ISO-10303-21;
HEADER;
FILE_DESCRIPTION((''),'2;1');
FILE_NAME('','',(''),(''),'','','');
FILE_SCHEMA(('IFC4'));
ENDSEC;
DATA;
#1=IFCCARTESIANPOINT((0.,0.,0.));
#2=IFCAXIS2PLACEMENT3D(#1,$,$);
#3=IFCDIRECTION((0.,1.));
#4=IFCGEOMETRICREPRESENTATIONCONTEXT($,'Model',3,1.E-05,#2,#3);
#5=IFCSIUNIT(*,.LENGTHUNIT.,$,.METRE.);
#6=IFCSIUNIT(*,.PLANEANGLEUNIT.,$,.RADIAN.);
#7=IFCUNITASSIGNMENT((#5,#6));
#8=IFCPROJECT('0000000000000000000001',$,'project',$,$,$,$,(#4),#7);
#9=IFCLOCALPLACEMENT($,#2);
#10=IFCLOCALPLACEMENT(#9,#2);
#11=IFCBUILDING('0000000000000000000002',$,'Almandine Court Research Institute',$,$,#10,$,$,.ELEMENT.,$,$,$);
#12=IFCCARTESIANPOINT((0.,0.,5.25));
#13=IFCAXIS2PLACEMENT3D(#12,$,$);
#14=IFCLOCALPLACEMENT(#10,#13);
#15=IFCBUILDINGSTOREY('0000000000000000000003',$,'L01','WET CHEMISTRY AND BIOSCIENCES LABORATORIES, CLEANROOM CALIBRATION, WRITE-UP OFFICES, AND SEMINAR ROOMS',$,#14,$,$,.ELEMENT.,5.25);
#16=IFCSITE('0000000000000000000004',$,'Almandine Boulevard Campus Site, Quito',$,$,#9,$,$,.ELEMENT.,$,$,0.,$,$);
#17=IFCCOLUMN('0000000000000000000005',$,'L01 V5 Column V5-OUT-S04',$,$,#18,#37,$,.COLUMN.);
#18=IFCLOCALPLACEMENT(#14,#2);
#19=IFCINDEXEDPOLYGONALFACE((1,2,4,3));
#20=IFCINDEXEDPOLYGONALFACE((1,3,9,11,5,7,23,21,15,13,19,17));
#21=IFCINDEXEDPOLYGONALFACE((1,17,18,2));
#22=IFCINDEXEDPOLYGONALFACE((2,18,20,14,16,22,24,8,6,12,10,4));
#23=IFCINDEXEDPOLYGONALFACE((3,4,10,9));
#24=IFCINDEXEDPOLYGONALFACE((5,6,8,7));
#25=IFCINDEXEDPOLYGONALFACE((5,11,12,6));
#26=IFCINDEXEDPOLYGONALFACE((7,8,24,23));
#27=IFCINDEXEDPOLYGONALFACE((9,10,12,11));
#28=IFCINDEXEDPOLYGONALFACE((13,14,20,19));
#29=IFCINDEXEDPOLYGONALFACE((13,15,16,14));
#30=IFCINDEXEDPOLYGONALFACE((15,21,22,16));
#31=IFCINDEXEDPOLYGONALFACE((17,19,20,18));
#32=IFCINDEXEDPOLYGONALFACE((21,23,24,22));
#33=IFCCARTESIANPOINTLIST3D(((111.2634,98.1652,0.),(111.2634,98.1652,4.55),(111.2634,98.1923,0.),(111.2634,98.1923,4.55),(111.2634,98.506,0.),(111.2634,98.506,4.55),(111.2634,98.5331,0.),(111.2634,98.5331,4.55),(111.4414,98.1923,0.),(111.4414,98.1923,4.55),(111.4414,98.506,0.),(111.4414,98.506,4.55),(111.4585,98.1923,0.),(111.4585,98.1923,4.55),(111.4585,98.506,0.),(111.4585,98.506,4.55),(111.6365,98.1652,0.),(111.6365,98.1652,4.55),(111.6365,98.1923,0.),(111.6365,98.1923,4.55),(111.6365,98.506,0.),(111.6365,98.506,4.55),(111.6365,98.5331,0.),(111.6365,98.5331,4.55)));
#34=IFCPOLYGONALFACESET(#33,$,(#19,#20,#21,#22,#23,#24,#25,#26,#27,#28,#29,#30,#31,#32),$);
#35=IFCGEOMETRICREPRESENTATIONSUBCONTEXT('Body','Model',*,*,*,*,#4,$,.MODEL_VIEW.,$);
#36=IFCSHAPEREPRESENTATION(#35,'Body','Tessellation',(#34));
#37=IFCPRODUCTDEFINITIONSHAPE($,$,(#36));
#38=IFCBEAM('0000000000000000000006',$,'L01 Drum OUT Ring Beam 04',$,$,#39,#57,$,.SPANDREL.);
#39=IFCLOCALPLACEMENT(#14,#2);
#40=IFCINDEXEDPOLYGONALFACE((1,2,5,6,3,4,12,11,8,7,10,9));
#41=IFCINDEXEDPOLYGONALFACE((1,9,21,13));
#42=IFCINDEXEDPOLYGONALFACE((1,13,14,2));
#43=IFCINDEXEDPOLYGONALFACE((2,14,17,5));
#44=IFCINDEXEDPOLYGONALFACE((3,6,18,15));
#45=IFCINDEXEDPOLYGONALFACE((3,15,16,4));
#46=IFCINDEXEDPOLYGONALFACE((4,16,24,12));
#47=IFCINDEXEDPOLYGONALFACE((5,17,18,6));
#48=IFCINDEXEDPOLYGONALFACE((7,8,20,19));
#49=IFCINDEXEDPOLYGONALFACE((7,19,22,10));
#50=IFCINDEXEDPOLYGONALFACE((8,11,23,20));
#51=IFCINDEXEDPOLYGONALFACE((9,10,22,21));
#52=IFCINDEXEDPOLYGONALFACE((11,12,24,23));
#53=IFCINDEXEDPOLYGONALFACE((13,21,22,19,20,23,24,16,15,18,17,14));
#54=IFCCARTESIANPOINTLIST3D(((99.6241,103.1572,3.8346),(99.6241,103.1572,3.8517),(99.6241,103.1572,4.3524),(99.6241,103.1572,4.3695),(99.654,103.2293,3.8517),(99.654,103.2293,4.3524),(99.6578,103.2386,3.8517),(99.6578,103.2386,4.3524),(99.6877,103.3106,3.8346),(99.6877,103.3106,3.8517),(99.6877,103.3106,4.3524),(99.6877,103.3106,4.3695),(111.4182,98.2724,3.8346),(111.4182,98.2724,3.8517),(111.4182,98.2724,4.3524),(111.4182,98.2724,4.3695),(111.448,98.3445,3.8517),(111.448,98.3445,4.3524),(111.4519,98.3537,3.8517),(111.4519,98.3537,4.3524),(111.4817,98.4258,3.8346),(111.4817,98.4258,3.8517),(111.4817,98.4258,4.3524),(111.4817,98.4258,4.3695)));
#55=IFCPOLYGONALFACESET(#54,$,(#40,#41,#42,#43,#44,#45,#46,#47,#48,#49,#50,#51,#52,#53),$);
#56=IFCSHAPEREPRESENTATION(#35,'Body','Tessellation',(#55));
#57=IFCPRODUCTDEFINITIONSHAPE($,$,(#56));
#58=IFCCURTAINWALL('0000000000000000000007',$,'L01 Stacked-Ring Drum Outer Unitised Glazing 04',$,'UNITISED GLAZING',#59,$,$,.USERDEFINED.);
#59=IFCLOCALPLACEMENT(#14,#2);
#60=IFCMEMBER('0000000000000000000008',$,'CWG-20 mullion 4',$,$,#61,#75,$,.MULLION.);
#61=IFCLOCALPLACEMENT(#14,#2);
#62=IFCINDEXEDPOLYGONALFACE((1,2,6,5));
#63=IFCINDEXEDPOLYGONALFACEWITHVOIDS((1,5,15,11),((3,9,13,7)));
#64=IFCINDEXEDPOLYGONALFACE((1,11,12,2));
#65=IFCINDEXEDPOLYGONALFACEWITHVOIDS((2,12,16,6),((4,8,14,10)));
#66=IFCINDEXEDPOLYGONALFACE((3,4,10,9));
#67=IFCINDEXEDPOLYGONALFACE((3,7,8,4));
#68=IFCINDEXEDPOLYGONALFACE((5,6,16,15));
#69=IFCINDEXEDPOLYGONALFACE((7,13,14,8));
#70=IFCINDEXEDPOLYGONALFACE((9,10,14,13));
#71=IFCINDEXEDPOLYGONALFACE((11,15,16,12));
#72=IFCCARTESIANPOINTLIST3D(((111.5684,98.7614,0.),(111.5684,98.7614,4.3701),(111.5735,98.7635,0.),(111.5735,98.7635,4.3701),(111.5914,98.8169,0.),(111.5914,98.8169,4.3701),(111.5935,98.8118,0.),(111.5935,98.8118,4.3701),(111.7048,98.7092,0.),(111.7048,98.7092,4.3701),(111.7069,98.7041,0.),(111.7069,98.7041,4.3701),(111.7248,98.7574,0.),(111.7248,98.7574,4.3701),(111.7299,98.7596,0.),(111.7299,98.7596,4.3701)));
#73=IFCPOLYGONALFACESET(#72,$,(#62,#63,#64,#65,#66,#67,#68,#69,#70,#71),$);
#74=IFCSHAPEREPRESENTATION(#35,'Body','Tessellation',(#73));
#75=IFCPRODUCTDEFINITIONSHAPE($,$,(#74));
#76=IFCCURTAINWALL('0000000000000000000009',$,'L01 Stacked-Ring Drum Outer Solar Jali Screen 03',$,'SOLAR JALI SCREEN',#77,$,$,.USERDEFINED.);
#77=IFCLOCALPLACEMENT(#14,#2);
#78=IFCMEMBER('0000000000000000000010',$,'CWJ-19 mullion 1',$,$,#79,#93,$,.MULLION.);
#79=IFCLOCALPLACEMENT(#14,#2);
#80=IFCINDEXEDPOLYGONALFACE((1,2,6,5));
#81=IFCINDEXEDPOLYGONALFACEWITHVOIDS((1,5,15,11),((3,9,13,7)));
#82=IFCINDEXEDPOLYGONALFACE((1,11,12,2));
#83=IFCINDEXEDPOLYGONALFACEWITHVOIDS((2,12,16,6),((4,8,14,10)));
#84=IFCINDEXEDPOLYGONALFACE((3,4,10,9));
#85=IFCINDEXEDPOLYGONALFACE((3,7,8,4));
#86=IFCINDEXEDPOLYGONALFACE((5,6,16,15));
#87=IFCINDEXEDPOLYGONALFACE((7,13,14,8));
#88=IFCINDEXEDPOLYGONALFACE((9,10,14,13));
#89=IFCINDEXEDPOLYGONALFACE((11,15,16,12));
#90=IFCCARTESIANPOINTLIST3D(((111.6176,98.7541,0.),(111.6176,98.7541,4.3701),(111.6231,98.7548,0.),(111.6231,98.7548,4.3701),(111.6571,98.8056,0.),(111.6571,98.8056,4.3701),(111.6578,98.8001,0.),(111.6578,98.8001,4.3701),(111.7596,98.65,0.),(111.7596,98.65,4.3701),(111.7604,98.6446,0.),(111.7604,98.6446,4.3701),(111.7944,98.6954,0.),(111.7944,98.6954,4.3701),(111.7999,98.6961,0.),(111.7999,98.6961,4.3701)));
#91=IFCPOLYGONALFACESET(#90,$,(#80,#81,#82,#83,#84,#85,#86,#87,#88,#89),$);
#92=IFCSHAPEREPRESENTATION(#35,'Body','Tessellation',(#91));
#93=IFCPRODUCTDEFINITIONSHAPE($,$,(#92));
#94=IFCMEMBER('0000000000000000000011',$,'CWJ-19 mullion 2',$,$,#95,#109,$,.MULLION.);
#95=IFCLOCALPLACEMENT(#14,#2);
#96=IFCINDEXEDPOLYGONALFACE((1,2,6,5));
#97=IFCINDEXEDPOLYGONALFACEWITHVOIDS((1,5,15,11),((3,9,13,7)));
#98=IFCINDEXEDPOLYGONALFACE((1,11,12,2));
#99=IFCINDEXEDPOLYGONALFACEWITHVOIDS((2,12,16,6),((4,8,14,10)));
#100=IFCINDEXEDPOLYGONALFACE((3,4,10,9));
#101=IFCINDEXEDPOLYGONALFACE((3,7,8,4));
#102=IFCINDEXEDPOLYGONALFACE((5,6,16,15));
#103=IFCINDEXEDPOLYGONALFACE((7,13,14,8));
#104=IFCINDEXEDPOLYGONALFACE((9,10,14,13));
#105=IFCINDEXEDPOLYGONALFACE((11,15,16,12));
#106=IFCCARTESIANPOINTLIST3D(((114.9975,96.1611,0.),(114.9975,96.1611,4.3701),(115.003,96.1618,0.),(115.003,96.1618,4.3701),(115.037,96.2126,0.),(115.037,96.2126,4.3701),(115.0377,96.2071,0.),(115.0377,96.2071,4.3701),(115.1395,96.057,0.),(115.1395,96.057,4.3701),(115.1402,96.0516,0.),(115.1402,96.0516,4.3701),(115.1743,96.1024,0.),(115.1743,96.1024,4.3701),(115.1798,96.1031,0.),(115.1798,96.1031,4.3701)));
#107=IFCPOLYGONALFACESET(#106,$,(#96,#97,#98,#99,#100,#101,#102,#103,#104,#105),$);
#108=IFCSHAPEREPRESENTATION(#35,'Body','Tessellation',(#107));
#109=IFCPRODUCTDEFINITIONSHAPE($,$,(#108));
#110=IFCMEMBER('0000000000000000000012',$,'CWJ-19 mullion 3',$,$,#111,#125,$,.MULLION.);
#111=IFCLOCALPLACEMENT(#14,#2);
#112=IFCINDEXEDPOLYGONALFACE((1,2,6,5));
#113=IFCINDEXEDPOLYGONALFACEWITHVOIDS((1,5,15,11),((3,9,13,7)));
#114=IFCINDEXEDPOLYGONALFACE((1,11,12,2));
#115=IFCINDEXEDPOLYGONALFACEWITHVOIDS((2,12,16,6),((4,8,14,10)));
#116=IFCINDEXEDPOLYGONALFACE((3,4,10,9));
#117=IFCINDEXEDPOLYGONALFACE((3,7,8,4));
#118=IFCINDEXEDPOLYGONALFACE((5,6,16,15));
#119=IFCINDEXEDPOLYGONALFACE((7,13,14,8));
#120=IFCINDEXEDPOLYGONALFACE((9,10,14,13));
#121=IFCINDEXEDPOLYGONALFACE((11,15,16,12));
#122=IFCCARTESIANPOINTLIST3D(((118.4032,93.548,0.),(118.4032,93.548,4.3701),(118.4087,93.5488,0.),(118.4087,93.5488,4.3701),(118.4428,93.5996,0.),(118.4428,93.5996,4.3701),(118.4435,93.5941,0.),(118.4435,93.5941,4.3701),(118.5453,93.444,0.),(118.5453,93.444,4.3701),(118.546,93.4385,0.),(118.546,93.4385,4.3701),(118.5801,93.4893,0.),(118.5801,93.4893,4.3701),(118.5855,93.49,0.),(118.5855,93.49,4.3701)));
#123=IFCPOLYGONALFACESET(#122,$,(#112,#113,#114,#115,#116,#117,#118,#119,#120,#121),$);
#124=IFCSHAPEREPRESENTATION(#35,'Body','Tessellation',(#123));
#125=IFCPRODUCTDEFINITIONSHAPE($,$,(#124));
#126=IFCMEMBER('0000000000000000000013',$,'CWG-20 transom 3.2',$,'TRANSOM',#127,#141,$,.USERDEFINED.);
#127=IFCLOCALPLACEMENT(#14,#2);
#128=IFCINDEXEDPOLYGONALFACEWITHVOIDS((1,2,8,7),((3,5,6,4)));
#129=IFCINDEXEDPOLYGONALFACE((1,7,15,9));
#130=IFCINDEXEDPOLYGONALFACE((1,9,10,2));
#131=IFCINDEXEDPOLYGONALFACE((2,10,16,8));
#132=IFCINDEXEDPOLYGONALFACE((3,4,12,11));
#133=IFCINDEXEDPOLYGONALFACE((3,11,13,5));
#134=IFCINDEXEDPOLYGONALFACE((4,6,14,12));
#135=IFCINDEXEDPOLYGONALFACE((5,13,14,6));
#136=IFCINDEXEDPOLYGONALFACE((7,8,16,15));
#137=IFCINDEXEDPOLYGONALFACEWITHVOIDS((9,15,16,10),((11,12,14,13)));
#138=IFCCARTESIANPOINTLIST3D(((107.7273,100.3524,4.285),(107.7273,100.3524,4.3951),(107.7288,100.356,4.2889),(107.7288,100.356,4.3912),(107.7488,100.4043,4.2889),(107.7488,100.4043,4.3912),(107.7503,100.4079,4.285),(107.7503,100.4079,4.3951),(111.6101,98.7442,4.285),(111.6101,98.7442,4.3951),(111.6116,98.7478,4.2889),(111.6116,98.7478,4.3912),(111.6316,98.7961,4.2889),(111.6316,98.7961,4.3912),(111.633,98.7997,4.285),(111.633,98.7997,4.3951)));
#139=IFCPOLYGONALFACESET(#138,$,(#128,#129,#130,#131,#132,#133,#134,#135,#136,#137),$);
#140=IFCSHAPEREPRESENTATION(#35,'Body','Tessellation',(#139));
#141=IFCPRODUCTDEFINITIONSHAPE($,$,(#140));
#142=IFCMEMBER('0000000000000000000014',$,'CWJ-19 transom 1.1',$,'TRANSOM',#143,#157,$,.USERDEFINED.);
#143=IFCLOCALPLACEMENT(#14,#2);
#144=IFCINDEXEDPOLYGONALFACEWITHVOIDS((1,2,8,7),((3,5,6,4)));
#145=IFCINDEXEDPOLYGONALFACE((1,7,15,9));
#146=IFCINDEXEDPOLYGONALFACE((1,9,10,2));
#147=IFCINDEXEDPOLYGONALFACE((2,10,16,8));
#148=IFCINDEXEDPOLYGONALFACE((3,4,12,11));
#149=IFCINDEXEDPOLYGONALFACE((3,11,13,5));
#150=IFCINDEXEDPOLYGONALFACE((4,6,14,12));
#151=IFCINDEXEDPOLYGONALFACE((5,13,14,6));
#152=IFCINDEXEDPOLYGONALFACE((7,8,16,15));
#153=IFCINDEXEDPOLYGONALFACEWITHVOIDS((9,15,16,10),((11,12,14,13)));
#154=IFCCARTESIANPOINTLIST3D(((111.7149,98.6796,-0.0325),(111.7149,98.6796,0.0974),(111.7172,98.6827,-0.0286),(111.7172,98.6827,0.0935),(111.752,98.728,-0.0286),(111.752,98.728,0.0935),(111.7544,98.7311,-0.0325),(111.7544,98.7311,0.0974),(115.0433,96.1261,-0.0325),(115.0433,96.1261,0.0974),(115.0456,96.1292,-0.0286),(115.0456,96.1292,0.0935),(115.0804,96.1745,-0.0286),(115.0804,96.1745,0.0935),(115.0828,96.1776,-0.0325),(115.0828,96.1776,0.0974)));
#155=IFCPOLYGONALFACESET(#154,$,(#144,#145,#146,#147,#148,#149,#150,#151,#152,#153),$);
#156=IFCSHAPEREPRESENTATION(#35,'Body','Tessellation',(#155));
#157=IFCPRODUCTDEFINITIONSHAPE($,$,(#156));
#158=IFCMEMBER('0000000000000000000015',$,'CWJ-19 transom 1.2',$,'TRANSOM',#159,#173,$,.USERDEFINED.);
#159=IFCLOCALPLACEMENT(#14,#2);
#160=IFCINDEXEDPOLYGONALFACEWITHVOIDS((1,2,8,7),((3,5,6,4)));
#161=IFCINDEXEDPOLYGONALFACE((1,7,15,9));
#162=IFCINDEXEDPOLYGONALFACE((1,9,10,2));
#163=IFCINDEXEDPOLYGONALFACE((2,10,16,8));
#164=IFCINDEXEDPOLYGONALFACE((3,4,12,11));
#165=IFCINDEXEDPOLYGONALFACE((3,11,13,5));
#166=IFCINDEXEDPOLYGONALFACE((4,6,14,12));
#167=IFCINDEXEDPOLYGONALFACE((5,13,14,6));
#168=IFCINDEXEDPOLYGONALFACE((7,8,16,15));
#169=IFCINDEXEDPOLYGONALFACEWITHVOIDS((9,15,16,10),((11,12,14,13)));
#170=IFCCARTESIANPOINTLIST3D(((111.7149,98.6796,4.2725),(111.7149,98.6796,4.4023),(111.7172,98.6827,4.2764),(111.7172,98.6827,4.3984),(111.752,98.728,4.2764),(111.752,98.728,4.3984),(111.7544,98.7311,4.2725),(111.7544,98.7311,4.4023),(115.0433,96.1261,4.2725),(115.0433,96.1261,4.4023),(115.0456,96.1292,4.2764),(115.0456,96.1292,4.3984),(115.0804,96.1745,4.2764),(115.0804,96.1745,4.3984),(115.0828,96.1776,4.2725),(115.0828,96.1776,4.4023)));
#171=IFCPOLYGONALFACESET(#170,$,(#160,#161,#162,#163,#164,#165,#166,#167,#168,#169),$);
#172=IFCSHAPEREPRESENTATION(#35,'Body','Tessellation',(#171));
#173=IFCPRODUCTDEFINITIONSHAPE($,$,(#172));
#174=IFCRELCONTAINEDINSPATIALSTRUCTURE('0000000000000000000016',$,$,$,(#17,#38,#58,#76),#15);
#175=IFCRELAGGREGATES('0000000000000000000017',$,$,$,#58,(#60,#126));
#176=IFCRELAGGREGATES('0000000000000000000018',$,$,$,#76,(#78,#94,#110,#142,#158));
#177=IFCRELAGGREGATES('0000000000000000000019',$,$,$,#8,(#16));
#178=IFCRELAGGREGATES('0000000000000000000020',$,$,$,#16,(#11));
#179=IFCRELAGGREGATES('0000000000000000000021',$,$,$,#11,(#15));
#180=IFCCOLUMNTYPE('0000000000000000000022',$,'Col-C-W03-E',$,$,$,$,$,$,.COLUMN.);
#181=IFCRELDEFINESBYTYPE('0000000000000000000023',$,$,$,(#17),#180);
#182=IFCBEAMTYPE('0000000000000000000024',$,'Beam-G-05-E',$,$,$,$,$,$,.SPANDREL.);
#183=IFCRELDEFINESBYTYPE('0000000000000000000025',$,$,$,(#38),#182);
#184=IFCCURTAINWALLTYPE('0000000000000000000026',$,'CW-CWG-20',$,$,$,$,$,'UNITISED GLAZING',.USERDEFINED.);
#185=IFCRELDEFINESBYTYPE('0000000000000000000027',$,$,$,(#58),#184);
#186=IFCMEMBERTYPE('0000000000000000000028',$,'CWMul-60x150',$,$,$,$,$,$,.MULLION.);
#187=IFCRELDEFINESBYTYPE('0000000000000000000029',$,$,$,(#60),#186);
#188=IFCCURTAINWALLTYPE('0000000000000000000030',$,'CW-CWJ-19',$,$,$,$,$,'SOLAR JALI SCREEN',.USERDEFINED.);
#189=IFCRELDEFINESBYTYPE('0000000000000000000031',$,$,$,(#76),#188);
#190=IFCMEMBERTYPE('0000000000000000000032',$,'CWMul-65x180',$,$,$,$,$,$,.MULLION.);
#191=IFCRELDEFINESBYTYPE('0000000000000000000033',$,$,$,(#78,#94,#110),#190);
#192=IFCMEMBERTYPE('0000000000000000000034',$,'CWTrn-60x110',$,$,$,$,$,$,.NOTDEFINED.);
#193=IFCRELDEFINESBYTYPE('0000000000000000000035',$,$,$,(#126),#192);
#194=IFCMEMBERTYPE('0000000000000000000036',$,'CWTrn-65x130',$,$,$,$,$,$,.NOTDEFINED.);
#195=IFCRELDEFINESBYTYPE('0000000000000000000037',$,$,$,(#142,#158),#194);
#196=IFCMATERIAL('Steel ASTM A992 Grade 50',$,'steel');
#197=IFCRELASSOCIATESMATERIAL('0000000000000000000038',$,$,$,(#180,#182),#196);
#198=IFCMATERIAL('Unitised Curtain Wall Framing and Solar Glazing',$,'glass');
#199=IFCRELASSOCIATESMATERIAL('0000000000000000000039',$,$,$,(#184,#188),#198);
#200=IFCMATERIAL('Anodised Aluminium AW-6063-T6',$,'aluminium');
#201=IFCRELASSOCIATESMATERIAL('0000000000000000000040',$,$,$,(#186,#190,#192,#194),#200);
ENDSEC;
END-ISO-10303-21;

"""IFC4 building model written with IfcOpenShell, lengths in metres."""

from ifc_helpers import new_model, si_unit, direction, frame, origin, origin_2d, place, context, subcontext, project, spatial, hollow_rectangle, i_section, extrude, material, material_profile, profile_set, type_object, element, aggregate, save


model = new_model("IFC4")

# Units and contexts
model_context = context("Model", 3, precision=1e-05, world=origin(), true_north=direction((0.0, 1.0)))
body_context = subcontext(model_context, "Body", "Model", "MODEL_VIEW")
ifc_project = project(units=[si_unit("LENGTHUNIT", "METRE"), si_unit("PLANEANGLEUNIT", "RADIAN")], contexts=[model_context])

# Site, building, storey
site_placement = place(None, origin())
site = spatial("IfcSite", under=ifc_project, at=site_placement, Name="Almandine Boulevard Campus Site, Quito", CompositionType="ELEMENT", RefElevation=0.0)
building_placement = place(site_placement, origin())
building = spatial("IfcBuilding", under=site, at=building_placement, Name="Almandine Court Research Institute", CompositionType="ELEMENT")
storey_placement = place(building_placement, frame((0.0, 0.0, 5.25)))
storey = spatial("IfcBuildingStorey", under=building, at=storey_placement, Name="L01", Description="WET CHEMISTRY AND BIOSCIENCES LABORATORIES, CLEANROOM CALIBRATION, WRITE-UP OFFICES, AND SEMINAR ROOMS", CompositionType="ELEMENT", Elevation=5.25)

# Column
ifc_material_1 = material(Name="Steel ASTM A992 Grade 50", Category="steel")
ifc_material_profile_1 = material_profile(ifc_material_1, i_section(OverallWidth=0.373, OverallDepth=0.3679, WebThickness=0.0171, FlangeThickness=0.0271, at=origin_2d()), Name="W360x179")
ifc_profile_set_1 = profile_set([ifc_material_profile_1], Name="Steel ASTM A992 Grade 50")
column_type = type_object("IfcColumnType", Name="Col-C-W03-E", PredefinedType="COLUMN", material=ifc_profile_set_1)
column_placement = place(storey_placement, frame((111.45, 98.3491, 0.0), z_axis=(0.0, 0.0, 1.0), x_axis=(1.0, 0.0, 0.0)))
element("IfcColumn", 1, at=column_placement, inside=storey, type_object=column_type, Name="L01 V5 Column V5-OUT-S04", PredefinedType="COLUMN", context=body_context, shape_type="SweptSolid", body=[
    extrude(i_section(OverallWidth=0.373, OverallDepth=0.3679, WebThickness=0.0171, FlangeThickness=0.0271, at=origin_2d()), origin(), (0.0, 0.0, 1.0), 4.55),
])

# Beam
ifc_material_profile_2 = material_profile(ifc_material_1, i_section(OverallWidth=0.166, OverallDepth=0.5349, WebThickness=0.01, FlangeThickness=0.0171, at=origin_2d()), Name="W530x85")
ifc_profile_set_2 = profile_set([ifc_material_profile_2], Name="Steel ASTM A992 Grade 50")
beam_type = type_object("IfcBeamType", Name="Beam-G-05-E", PredefinedType="SPANDREL", material=ifc_profile_set_2)
beam_placement = place(storey_placement, frame((111.45, 98.3491, 4.1021), z_axis=(-0.923892, 0.382654, 0.0), x_axis=(-0.382654, -0.923892, 0.0)))
element("IfcBeam", 2, at=beam_placement, inside=storey, type_object=beam_type, Name="L01 Drum OUT Ring Beam 04", PredefinedType="SPANDREL", context=body_context, shape_type="SweptSolid", body=[
    extrude(i_section(OverallWidth=0.166, OverallDepth=0.5349, WebThickness=0.01, FlangeThickness=0.0171, at=origin_2d()), origin(), (0.0, 0.0, 1.0), 12.7656),
])

# Curtain wall, member
ifc_material_2 = material(Name="Unitised Curtain Wall Framing and Solar Glazing", Category="glass")
curtain_wall_type_1 = type_object("IfcCurtainWallType", Name="CW-CWG-20", ElementType="UNITISED GLAZING", PredefinedType="USERDEFINED", material=ifc_material_2)
curtain_wall_1_placement = place(storey_placement, origin())
curtain_wall_1 = element("IfcCurtainWall", 3, at=curtain_wall_1_placement, inside=storey, type_object=curtain_wall_type_1, Name="L01 Stacked-Ring Drum Outer Unitised Glazing 04", ObjectType="UNITISED GLAZING", PredefinedType="USERDEFINED")
ifc_material_3 = material(Name="Anodised Aluminium AW-6063-T6", Category="aluminium")
ifc_material_profile_3 = material_profile(ifc_material_3, hollow_rectangle(XDim=0.0601, YDim=0.1499, WallThickness=0.0039, at=origin_2d()), Name="ALU RHS 60x150x4")
ifc_profile_set_3 = profile_set([ifc_material_profile_3], Name="Anodised Aluminium AW-6063-T6")
member_type_1 = type_object("IfcMemberType", Name="CWMul-60x150", PredefinedType="MULLION", material=ifc_profile_set_3)
member_1_placement = place(storey_placement, frame((111.6492, 98.7605, 0.0), z_axis=(0.0, 0.0, 1.0), x_axis=(0.382663, 0.923888, 0.0)))
member_1 = element("IfcMember", 4, at=member_1_placement, type_object=member_type_1, Name="CWG-20 mullion 4", PredefinedType="MULLION", context=body_context, shape_type="SweptSolid", body=[
    extrude(hollow_rectangle(XDim=0.0601, YDim=0.1499, WallThickness=0.0039, at=origin_2d()), origin(), (0.0, 0.0, 1.0), 4.3701),
])

# Curtain wall, members
curtain_wall_type_2 = type_object("IfcCurtainWallType", Name="CW-CWJ-19", ElementType="SOLAR JALI SCREEN", PredefinedType="USERDEFINED", material=ifc_material_2)
curtain_wall_2_placement = place(storey_placement, origin())
curtain_wall_2 = element("IfcCurtainWall", 5, at=curtain_wall_2_placement, inside=storey, type_object=curtain_wall_type_2, Name="L01 Stacked-Ring Drum Outer Solar Jali Screen 03", ObjectType="SOLAR JALI SCREEN", PredefinedType="USERDEFINED")
ifc_material_profile_4 = material_profile(ifc_material_3, hollow_rectangle(XDim=0.0649, YDim=0.1799, WallThickness=0.0039, at=origin_2d()), Name="ALU RHS 65x180x4")
ifc_profile_set_4 = profile_set([ifc_material_profile_4], Name="Anodised Aluminium AW-6063-T6")
member_type_2 = type_object("IfcMemberType", Name="CWMul-65x180", PredefinedType="MULLION", material=ifc_profile_set_4)
member_2_placement = place(storey_placement, frame((111.7087, 98.7251, 0.0), z_axis=(0.0, 0.0, 1.0), x_axis=(0.608723, 0.793383, 0.0)))
member_2 = element("IfcMember", 6, at=member_2_placement, type_object=member_type_2, Name="CWJ-19 mullion 1", PredefinedType="MULLION", context=body_context, shape_type="SweptSolid", body=[
    extrude(hollow_rectangle(XDim=0.0649, YDim=0.1799, WallThickness=0.0039, at=origin_2d()), origin(), (0.0, 0.0, 1.0), 4.3701),
])
member_3_placement = place(storey_placement, frame((115.0886, 96.1321, 0.0), z_axis=(0.0, 0.0, 1.0), x_axis=(0.608723, 0.793383, 0.0)))
member_3 = element("IfcMember", 7, at=member_3_placement, type_object=member_type_2, Name="CWJ-19 mullion 2", PredefinedType="MULLION", context=body_context, shape_type="SweptSolid", body=[
    extrude(hollow_rectangle(XDim=0.0649, YDim=0.1799, WallThickness=0.0039, at=origin_2d()), origin(), (0.0, 0.0, 1.0), 4.3701),
])
member_4_placement = place(storey_placement, frame((118.4944, 93.519, 0.0), z_axis=(0.0, 0.0, 1.0), x_axis=(0.608723, 0.793383, 0.0)))
member_4 = element("IfcMember", 8, at=member_4_placement, type_object=member_type_2, Name="CWJ-19 mullion 3", PredefinedType="MULLION", context=body_context, shape_type="SweptSolid", body=[
    extrude(hollow_rectangle(XDim=0.0649, YDim=0.1799, WallThickness=0.0039, at=origin_2d()), origin(), (0.0, 0.0, 1.0), 4.3701),
])

# Members
ifc_material_profile_5 = material_profile(ifc_material_3, hollow_rectangle(XDim=0.0601, YDim=0.1101, WallThickness=0.0039, at=origin_2d()), Name="ALU RHS 60x110x4")
ifc_profile_set_5 = profile_set([ifc_material_profile_5], Name="Anodised Aluminium AW-6063-T6")
member_type_3 = type_object("IfcMemberType", Name="CWTrn-60x110", PredefinedType="NOTDEFINED", material=ifc_profile_set_5)
member_5_placement = place(storey_placement, frame((107.7388, 100.3801, 4.3401), z_axis=(0.923893, -0.382651, 0.0), x_axis=(0.382651, 0.923893, 0.0)))
member_5 = element("IfcMember", 9, at=member_5_placement, type_object=member_type_3, Name="CWG-20 transom 3.2", ObjectType="TRANSOM", PredefinedType="USERDEFINED", context=body_context, shape_type="SweptSolid", body=[
    extrude(hollow_rectangle(XDim=0.0601, YDim=0.1101, WallThickness=0.0039, at=origin_2d()), origin(), (0.0, 0.0, 1.0), 4.2026),
])
ifc_material_profile_6 = material_profile(ifc_material_3, hollow_rectangle(XDim=0.0649, YDim=0.1299, WallThickness=0.0039, at=origin_2d()), Name="ALU RHS 65x130x4")
ifc_profile_set_6 = profile_set([ifc_material_profile_6], Name="Anodised Aluminium AW-6063-T6")
member_type_4 = type_object("IfcMemberType", Name="CWTrn-65x130", PredefinedType="NOTDEFINED", material=ifc_profile_set_6)
member_6_placement = place(storey_placement, frame((111.7346, 98.7053, 0.0325), z_axis=(0.793409, -0.608689, 0.0), x_axis=(0.608689, 0.793409, 0.0)))
member_6 = element("IfcMember", 10, at=member_6_placement, type_object=member_type_4, Name="CWJ-19 transom 1.1", ObjectType="TRANSOM", PredefinedType="USERDEFINED", context=body_context, shape_type="SweptSolid", body=[
    extrude(hollow_rectangle(XDim=0.0649, YDim=0.1299, WallThickness=0.0039, at=origin_2d()), origin(), (0.0, 0.0, 1.0), 4.1951),
])
member_7_placement = place(storey_placement, frame((111.7346, 98.7053, 4.3374), z_axis=(0.793409, -0.608689, 0.0), x_axis=(0.608689, 0.793409, 0.0)))
member_7 = element("IfcMember", 11, at=member_7_placement, type_object=member_type_4, Name="CWJ-19 transom 1.2", ObjectType="TRANSOM", PredefinedType="USERDEFINED", context=body_context, shape_type="SweptSolid", body=[
    extrude(hollow_rectangle(XDim=0.0649, YDim=0.1299, WallThickness=0.0039, at=origin_2d()), origin(), (0.0, 0.0, 1.0), 4.1951),
])

aggregate(curtain_wall_1, [member_1, member_5])
aggregate(curtain_wall_2, [member_2, member_3, member_4, member_6, member_7])

save(model, "model.ifc")
